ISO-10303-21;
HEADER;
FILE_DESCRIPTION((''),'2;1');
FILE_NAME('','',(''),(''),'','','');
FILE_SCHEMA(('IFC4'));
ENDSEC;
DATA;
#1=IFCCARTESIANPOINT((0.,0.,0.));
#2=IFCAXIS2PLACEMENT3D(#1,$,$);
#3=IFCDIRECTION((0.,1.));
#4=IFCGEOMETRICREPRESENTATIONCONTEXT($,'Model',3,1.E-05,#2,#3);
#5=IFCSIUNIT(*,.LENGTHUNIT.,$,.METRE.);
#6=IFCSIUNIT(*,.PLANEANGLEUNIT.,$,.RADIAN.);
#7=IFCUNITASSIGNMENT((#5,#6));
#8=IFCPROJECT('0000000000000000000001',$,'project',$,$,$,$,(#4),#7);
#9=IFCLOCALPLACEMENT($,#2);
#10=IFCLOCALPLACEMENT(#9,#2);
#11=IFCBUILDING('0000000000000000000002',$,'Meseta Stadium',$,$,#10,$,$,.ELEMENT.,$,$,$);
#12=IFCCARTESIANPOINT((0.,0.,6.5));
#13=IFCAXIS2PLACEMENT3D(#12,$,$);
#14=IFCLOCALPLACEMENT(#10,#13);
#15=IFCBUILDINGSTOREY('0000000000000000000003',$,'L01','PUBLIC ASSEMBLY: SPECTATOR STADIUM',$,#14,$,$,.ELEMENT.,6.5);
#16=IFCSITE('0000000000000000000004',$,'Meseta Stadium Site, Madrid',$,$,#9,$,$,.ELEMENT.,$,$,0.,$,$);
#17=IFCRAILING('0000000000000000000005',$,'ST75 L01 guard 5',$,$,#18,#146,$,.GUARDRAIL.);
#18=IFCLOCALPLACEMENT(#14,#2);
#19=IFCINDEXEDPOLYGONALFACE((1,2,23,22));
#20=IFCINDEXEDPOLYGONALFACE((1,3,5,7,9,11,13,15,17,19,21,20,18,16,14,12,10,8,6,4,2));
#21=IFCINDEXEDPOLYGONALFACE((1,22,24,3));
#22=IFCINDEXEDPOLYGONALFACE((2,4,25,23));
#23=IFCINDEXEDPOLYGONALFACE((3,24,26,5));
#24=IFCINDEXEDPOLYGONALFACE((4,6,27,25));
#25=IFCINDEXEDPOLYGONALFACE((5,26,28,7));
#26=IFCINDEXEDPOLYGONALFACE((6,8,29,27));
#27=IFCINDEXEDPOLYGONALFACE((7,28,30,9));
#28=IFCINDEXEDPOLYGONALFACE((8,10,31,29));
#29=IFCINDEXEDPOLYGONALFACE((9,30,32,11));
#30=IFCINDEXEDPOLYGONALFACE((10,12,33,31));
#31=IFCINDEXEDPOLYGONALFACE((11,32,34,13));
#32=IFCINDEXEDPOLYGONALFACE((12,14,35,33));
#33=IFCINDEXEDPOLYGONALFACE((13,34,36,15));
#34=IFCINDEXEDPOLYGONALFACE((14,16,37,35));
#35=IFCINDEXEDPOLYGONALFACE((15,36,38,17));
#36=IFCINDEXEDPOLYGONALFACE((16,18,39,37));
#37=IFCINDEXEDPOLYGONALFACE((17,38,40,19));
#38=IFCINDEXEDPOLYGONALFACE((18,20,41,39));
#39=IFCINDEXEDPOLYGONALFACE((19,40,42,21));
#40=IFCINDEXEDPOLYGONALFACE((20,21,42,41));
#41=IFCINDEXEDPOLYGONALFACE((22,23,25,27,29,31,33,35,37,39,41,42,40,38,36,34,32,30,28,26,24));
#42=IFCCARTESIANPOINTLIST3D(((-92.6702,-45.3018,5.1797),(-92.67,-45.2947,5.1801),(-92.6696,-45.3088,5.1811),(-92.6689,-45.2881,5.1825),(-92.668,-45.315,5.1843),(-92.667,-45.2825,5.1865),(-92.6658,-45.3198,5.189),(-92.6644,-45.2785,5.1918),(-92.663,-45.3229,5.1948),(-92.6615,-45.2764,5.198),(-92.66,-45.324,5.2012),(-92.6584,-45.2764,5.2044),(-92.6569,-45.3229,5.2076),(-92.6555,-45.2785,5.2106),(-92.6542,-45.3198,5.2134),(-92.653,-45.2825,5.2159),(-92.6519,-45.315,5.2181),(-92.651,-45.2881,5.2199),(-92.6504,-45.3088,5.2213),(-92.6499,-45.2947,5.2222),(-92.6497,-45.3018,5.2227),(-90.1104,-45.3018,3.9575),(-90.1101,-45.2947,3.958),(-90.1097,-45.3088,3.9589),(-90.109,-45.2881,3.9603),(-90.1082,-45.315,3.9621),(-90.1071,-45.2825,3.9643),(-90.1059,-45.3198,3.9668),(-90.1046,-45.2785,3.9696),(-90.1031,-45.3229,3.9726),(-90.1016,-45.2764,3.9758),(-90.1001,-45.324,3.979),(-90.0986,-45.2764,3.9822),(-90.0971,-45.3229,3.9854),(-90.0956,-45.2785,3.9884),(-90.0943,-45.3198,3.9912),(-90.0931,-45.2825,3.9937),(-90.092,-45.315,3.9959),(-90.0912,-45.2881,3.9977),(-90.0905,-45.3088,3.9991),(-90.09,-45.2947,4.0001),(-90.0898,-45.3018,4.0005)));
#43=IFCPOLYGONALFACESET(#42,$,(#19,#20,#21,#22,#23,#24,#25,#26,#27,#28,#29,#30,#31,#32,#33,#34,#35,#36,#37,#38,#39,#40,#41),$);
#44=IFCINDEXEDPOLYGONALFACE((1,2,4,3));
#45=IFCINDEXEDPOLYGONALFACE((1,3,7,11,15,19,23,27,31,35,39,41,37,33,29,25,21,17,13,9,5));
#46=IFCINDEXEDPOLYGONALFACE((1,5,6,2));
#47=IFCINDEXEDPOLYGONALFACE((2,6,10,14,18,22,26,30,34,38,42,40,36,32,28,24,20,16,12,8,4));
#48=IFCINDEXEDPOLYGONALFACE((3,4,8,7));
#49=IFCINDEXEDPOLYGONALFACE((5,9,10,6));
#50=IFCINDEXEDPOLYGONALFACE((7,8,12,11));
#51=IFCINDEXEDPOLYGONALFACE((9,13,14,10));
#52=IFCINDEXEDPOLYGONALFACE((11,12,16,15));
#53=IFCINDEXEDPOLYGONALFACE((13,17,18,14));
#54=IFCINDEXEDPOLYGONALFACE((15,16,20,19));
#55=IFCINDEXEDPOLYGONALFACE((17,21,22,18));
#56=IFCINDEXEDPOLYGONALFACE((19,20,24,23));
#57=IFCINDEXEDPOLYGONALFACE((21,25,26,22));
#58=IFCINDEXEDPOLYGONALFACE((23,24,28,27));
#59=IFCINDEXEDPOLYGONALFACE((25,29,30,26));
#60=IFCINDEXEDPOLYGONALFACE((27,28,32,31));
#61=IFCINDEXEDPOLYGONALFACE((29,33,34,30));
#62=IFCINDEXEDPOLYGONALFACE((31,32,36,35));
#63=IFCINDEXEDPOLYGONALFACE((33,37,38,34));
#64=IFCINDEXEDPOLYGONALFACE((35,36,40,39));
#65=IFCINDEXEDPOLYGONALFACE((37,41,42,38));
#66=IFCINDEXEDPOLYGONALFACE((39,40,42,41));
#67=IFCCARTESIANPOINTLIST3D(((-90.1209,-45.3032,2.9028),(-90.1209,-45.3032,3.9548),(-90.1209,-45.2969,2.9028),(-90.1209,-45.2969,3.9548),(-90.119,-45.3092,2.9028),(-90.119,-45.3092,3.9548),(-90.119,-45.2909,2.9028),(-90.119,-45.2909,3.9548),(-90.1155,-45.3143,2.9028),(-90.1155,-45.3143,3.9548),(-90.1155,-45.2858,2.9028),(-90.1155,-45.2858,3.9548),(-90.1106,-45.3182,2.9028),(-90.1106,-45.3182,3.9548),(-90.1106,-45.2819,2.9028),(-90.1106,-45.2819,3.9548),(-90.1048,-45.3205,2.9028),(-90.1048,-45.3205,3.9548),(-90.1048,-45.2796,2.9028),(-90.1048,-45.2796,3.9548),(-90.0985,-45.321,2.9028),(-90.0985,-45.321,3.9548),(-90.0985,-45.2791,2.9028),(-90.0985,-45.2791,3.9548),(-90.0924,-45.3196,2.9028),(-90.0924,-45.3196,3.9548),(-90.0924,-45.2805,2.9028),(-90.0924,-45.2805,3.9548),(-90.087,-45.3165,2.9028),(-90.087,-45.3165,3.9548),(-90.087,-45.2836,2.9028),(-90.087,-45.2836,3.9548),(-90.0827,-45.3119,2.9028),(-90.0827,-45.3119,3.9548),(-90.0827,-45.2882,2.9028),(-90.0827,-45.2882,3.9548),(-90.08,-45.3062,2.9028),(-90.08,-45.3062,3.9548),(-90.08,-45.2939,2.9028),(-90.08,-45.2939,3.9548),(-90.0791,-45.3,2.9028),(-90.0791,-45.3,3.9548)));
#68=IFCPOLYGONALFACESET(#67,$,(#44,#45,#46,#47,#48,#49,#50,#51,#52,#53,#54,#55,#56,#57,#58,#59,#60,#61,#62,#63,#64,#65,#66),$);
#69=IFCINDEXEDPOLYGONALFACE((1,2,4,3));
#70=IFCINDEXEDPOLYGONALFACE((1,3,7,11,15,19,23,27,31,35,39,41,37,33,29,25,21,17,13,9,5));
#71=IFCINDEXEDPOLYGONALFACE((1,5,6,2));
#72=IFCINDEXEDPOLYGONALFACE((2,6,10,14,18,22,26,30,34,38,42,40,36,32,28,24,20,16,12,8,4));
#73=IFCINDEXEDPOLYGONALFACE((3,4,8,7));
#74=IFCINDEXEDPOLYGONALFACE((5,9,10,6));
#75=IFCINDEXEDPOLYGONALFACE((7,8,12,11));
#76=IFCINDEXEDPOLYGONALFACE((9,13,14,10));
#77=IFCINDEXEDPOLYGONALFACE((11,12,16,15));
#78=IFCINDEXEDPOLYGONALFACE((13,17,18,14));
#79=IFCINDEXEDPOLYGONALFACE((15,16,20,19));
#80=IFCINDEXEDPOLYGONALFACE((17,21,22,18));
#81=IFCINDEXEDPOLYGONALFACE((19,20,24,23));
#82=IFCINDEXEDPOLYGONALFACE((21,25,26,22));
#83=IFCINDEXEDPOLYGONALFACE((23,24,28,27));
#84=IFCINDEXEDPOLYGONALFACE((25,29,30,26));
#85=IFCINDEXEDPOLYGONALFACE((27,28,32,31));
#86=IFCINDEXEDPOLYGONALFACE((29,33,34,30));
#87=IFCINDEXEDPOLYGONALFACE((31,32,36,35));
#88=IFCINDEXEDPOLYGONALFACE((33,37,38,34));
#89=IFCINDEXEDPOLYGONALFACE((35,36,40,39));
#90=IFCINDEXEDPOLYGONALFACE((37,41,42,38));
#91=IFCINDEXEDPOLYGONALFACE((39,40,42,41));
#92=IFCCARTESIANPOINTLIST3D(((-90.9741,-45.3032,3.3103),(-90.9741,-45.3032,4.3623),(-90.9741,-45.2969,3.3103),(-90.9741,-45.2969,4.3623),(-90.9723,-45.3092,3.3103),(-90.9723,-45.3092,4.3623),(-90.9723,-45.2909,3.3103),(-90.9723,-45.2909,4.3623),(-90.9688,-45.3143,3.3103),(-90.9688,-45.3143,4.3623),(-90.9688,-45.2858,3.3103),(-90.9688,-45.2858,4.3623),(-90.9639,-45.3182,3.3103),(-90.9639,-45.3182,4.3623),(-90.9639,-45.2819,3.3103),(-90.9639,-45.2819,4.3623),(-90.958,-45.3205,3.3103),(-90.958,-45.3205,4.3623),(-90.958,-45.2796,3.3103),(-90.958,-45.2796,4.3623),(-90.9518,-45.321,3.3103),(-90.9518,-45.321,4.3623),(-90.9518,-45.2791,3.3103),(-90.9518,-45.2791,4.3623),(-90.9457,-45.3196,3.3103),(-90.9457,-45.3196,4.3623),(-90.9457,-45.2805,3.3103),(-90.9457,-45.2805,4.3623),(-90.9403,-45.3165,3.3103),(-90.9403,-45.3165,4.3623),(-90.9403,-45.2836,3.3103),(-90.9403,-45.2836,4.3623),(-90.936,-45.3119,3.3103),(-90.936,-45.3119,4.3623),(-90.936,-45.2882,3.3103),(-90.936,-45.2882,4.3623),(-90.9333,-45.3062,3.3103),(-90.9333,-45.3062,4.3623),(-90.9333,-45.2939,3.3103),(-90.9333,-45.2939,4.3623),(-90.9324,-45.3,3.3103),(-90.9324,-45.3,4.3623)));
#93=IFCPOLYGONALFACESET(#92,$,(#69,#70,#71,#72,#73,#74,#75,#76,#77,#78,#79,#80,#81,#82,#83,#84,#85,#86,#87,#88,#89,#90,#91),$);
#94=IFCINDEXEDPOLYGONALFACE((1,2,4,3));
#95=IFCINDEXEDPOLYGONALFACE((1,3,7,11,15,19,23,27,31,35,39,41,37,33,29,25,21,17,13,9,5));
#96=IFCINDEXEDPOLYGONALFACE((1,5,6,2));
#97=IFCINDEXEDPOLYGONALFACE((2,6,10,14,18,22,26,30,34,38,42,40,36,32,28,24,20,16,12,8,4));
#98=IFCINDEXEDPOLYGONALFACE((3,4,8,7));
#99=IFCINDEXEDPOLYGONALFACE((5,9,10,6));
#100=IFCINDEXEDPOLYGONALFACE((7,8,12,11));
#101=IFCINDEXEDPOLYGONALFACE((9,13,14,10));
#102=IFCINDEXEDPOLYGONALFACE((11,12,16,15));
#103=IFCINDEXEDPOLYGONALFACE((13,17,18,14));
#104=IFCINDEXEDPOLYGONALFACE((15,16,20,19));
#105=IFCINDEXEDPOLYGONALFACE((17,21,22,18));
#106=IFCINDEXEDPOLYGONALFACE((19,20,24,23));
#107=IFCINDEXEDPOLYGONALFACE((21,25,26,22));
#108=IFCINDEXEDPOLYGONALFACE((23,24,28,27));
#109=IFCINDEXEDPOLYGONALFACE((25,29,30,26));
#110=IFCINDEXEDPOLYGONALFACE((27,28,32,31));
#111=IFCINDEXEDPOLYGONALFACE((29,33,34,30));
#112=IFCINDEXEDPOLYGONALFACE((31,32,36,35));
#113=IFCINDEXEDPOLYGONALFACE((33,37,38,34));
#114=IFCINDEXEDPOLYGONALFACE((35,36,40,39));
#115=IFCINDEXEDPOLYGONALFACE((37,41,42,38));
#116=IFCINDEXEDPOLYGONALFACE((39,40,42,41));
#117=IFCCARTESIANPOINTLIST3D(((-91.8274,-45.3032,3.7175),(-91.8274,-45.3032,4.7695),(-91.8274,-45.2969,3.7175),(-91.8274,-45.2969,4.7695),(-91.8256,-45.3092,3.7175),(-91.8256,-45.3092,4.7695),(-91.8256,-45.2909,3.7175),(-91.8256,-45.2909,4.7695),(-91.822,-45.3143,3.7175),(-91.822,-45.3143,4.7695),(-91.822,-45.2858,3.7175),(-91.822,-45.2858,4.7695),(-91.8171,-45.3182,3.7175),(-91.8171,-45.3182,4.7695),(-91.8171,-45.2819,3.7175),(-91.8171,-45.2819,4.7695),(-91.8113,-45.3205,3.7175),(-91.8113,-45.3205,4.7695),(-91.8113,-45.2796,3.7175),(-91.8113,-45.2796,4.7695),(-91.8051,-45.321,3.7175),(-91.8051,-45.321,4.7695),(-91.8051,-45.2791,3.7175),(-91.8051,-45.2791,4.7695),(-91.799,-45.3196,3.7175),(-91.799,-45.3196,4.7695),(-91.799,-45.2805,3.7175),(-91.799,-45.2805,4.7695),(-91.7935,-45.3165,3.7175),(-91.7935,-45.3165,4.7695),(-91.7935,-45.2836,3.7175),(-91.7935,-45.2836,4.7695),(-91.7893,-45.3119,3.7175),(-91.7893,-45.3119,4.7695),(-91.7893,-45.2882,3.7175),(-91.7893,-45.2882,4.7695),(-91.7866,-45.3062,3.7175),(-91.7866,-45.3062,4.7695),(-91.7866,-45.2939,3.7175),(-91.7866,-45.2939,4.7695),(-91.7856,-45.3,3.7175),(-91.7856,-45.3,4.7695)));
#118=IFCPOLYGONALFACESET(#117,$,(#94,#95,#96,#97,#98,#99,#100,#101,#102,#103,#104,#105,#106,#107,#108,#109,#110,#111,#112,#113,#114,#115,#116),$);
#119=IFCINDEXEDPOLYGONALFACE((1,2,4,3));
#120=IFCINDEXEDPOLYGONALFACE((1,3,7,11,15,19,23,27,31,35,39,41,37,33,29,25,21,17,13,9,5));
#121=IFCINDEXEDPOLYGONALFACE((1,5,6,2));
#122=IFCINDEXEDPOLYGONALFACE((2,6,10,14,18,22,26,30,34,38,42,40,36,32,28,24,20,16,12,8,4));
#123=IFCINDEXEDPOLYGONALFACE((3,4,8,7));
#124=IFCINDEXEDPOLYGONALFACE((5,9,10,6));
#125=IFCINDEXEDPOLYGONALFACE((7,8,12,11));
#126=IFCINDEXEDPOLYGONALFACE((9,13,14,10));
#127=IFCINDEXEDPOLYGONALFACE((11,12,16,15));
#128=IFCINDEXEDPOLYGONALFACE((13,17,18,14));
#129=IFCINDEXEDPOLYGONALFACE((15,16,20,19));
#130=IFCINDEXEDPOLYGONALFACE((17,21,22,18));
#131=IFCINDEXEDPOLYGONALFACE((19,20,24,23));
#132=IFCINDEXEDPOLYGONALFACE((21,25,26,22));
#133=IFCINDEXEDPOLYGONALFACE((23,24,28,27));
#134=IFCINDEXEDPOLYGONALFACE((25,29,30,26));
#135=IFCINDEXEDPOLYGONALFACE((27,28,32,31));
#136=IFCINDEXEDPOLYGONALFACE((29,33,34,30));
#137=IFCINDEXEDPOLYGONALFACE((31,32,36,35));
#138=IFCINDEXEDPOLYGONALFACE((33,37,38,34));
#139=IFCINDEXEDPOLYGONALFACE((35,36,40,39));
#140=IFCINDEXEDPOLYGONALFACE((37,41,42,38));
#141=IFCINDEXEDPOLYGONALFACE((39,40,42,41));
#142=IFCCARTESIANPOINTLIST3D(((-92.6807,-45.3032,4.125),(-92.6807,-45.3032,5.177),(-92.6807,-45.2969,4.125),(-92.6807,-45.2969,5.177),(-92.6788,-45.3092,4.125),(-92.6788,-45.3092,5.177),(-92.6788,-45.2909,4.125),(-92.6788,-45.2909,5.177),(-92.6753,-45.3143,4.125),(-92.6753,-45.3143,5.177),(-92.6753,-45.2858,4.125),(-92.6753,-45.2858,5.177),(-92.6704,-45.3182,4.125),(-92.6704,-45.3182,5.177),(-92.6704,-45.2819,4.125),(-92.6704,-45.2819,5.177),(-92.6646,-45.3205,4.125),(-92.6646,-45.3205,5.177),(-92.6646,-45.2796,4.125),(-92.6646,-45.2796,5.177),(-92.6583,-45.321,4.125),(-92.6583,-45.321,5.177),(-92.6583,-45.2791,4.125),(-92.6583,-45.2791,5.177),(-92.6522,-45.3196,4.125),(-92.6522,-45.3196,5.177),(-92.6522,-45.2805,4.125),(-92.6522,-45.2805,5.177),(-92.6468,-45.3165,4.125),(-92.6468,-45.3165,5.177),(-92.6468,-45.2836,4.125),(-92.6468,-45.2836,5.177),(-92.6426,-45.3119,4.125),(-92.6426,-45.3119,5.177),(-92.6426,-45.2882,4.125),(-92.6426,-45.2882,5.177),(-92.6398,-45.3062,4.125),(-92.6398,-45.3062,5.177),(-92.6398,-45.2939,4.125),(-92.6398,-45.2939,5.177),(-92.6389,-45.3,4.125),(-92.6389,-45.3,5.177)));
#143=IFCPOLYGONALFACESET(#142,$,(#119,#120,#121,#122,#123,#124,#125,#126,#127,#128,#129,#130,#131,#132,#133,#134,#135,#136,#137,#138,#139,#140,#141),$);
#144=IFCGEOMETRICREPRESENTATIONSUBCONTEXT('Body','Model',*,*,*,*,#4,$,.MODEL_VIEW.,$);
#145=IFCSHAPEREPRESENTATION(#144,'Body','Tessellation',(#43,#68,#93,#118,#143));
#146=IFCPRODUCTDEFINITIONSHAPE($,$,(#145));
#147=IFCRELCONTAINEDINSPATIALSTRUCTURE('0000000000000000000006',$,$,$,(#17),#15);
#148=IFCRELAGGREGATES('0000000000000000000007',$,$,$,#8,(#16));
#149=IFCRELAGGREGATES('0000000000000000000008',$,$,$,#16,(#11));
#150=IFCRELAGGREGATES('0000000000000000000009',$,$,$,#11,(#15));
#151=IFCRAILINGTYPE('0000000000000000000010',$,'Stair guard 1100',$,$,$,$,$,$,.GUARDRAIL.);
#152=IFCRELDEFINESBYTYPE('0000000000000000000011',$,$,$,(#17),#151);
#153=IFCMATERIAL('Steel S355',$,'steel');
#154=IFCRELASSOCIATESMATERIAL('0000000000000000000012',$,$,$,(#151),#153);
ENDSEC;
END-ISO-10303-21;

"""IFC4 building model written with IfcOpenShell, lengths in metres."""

from ifc_helpers import new_model, si_unit, direction, frame, origin, origin_2d, place, context, subcontext, project, spatial, circle, extrude, material, type_object, element, save


model = new_model("IFC4")

# Units and contexts
model_context = context("Model", 3, precision=1e-05, world=origin(), true_north=direction((0.0, 1.0)))
body_context = subcontext(model_context, "Body", "Model", "MODEL_VIEW")
ifc_project = project(units=[si_unit("LENGTHUNIT", "METRE"), si_unit("PLANEANGLEUNIT", "RADIAN")], contexts=[model_context])

# Site, building, storey
site_placement = place(None, origin())
site = spatial("IfcSite", under=ifc_project, at=site_placement, Name="Meseta Stadium Site, Madrid", CompositionType="ELEMENT", RefElevation=0.0)
building_placement = place(site_placement, origin())
building = spatial("IfcBuilding", under=site, at=building_placement, Name="Meseta Stadium", CompositionType="ELEMENT")
storey_placement = place(building_placement, frame((0.0, 0.0, 6.5)))
storey = spatial("IfcBuildingStorey", under=building, at=storey_placement, Name="L01", Description="PUBLIC ASSEMBLY: SPECTATOR STADIUM", CompositionType="ELEMENT", Elevation=6.5)

# Railing
ifc_material_1 = material(Name="Steel S355", Category="steel")
railing_type_1 = type_object("IfcRailingType", Name="Stair guard 1100", PredefinedType="GUARDRAIL", material=ifc_material_1)
railing_1_placement = place(storey_placement, frame((-90.1001, -45.3, 2.9028)))
element("IfcRailing", 1, at=railing_1_placement, inside=storey, type_object=railing_type_1, Name="ST75 L01 guard 5", PredefinedType="GUARDRAIL", context=body_context, shape_type="SweptSolid", body=[
    extrude(circle(Radius=0.0239, at=origin_2d()), frame((0.0, 0.0, 1.0762), z_axis=(-0.902421, 0.0, 0.430855), x_axis=(0.0, -1.0, 0.0)), (0.0, 0.0, 1.0), 2.8367),
    extrude(circle(Radius=0.021, at=origin_2d()), origin(), (0.0, 0.0, 1.0), 1.052),
    extrude(circle(Radius=0.021, at=origin_2d()), frame((-0.8533, 0.0, 0.4075)), (0.0, 0.0, 1.0), 1.052),
    extrude(circle(Radius=0.021, at=origin_2d()), frame((-1.7065, 0.0, 0.8147)), (0.0, 0.0, 1.0), 1.052),
    extrude(circle(Radius=0.021, at=origin_2d()), frame((-2.5598, 0.0, 1.2222)), (0.0, 0.0, 1.0), 1.052),
])

save(model, "model.ifc")
